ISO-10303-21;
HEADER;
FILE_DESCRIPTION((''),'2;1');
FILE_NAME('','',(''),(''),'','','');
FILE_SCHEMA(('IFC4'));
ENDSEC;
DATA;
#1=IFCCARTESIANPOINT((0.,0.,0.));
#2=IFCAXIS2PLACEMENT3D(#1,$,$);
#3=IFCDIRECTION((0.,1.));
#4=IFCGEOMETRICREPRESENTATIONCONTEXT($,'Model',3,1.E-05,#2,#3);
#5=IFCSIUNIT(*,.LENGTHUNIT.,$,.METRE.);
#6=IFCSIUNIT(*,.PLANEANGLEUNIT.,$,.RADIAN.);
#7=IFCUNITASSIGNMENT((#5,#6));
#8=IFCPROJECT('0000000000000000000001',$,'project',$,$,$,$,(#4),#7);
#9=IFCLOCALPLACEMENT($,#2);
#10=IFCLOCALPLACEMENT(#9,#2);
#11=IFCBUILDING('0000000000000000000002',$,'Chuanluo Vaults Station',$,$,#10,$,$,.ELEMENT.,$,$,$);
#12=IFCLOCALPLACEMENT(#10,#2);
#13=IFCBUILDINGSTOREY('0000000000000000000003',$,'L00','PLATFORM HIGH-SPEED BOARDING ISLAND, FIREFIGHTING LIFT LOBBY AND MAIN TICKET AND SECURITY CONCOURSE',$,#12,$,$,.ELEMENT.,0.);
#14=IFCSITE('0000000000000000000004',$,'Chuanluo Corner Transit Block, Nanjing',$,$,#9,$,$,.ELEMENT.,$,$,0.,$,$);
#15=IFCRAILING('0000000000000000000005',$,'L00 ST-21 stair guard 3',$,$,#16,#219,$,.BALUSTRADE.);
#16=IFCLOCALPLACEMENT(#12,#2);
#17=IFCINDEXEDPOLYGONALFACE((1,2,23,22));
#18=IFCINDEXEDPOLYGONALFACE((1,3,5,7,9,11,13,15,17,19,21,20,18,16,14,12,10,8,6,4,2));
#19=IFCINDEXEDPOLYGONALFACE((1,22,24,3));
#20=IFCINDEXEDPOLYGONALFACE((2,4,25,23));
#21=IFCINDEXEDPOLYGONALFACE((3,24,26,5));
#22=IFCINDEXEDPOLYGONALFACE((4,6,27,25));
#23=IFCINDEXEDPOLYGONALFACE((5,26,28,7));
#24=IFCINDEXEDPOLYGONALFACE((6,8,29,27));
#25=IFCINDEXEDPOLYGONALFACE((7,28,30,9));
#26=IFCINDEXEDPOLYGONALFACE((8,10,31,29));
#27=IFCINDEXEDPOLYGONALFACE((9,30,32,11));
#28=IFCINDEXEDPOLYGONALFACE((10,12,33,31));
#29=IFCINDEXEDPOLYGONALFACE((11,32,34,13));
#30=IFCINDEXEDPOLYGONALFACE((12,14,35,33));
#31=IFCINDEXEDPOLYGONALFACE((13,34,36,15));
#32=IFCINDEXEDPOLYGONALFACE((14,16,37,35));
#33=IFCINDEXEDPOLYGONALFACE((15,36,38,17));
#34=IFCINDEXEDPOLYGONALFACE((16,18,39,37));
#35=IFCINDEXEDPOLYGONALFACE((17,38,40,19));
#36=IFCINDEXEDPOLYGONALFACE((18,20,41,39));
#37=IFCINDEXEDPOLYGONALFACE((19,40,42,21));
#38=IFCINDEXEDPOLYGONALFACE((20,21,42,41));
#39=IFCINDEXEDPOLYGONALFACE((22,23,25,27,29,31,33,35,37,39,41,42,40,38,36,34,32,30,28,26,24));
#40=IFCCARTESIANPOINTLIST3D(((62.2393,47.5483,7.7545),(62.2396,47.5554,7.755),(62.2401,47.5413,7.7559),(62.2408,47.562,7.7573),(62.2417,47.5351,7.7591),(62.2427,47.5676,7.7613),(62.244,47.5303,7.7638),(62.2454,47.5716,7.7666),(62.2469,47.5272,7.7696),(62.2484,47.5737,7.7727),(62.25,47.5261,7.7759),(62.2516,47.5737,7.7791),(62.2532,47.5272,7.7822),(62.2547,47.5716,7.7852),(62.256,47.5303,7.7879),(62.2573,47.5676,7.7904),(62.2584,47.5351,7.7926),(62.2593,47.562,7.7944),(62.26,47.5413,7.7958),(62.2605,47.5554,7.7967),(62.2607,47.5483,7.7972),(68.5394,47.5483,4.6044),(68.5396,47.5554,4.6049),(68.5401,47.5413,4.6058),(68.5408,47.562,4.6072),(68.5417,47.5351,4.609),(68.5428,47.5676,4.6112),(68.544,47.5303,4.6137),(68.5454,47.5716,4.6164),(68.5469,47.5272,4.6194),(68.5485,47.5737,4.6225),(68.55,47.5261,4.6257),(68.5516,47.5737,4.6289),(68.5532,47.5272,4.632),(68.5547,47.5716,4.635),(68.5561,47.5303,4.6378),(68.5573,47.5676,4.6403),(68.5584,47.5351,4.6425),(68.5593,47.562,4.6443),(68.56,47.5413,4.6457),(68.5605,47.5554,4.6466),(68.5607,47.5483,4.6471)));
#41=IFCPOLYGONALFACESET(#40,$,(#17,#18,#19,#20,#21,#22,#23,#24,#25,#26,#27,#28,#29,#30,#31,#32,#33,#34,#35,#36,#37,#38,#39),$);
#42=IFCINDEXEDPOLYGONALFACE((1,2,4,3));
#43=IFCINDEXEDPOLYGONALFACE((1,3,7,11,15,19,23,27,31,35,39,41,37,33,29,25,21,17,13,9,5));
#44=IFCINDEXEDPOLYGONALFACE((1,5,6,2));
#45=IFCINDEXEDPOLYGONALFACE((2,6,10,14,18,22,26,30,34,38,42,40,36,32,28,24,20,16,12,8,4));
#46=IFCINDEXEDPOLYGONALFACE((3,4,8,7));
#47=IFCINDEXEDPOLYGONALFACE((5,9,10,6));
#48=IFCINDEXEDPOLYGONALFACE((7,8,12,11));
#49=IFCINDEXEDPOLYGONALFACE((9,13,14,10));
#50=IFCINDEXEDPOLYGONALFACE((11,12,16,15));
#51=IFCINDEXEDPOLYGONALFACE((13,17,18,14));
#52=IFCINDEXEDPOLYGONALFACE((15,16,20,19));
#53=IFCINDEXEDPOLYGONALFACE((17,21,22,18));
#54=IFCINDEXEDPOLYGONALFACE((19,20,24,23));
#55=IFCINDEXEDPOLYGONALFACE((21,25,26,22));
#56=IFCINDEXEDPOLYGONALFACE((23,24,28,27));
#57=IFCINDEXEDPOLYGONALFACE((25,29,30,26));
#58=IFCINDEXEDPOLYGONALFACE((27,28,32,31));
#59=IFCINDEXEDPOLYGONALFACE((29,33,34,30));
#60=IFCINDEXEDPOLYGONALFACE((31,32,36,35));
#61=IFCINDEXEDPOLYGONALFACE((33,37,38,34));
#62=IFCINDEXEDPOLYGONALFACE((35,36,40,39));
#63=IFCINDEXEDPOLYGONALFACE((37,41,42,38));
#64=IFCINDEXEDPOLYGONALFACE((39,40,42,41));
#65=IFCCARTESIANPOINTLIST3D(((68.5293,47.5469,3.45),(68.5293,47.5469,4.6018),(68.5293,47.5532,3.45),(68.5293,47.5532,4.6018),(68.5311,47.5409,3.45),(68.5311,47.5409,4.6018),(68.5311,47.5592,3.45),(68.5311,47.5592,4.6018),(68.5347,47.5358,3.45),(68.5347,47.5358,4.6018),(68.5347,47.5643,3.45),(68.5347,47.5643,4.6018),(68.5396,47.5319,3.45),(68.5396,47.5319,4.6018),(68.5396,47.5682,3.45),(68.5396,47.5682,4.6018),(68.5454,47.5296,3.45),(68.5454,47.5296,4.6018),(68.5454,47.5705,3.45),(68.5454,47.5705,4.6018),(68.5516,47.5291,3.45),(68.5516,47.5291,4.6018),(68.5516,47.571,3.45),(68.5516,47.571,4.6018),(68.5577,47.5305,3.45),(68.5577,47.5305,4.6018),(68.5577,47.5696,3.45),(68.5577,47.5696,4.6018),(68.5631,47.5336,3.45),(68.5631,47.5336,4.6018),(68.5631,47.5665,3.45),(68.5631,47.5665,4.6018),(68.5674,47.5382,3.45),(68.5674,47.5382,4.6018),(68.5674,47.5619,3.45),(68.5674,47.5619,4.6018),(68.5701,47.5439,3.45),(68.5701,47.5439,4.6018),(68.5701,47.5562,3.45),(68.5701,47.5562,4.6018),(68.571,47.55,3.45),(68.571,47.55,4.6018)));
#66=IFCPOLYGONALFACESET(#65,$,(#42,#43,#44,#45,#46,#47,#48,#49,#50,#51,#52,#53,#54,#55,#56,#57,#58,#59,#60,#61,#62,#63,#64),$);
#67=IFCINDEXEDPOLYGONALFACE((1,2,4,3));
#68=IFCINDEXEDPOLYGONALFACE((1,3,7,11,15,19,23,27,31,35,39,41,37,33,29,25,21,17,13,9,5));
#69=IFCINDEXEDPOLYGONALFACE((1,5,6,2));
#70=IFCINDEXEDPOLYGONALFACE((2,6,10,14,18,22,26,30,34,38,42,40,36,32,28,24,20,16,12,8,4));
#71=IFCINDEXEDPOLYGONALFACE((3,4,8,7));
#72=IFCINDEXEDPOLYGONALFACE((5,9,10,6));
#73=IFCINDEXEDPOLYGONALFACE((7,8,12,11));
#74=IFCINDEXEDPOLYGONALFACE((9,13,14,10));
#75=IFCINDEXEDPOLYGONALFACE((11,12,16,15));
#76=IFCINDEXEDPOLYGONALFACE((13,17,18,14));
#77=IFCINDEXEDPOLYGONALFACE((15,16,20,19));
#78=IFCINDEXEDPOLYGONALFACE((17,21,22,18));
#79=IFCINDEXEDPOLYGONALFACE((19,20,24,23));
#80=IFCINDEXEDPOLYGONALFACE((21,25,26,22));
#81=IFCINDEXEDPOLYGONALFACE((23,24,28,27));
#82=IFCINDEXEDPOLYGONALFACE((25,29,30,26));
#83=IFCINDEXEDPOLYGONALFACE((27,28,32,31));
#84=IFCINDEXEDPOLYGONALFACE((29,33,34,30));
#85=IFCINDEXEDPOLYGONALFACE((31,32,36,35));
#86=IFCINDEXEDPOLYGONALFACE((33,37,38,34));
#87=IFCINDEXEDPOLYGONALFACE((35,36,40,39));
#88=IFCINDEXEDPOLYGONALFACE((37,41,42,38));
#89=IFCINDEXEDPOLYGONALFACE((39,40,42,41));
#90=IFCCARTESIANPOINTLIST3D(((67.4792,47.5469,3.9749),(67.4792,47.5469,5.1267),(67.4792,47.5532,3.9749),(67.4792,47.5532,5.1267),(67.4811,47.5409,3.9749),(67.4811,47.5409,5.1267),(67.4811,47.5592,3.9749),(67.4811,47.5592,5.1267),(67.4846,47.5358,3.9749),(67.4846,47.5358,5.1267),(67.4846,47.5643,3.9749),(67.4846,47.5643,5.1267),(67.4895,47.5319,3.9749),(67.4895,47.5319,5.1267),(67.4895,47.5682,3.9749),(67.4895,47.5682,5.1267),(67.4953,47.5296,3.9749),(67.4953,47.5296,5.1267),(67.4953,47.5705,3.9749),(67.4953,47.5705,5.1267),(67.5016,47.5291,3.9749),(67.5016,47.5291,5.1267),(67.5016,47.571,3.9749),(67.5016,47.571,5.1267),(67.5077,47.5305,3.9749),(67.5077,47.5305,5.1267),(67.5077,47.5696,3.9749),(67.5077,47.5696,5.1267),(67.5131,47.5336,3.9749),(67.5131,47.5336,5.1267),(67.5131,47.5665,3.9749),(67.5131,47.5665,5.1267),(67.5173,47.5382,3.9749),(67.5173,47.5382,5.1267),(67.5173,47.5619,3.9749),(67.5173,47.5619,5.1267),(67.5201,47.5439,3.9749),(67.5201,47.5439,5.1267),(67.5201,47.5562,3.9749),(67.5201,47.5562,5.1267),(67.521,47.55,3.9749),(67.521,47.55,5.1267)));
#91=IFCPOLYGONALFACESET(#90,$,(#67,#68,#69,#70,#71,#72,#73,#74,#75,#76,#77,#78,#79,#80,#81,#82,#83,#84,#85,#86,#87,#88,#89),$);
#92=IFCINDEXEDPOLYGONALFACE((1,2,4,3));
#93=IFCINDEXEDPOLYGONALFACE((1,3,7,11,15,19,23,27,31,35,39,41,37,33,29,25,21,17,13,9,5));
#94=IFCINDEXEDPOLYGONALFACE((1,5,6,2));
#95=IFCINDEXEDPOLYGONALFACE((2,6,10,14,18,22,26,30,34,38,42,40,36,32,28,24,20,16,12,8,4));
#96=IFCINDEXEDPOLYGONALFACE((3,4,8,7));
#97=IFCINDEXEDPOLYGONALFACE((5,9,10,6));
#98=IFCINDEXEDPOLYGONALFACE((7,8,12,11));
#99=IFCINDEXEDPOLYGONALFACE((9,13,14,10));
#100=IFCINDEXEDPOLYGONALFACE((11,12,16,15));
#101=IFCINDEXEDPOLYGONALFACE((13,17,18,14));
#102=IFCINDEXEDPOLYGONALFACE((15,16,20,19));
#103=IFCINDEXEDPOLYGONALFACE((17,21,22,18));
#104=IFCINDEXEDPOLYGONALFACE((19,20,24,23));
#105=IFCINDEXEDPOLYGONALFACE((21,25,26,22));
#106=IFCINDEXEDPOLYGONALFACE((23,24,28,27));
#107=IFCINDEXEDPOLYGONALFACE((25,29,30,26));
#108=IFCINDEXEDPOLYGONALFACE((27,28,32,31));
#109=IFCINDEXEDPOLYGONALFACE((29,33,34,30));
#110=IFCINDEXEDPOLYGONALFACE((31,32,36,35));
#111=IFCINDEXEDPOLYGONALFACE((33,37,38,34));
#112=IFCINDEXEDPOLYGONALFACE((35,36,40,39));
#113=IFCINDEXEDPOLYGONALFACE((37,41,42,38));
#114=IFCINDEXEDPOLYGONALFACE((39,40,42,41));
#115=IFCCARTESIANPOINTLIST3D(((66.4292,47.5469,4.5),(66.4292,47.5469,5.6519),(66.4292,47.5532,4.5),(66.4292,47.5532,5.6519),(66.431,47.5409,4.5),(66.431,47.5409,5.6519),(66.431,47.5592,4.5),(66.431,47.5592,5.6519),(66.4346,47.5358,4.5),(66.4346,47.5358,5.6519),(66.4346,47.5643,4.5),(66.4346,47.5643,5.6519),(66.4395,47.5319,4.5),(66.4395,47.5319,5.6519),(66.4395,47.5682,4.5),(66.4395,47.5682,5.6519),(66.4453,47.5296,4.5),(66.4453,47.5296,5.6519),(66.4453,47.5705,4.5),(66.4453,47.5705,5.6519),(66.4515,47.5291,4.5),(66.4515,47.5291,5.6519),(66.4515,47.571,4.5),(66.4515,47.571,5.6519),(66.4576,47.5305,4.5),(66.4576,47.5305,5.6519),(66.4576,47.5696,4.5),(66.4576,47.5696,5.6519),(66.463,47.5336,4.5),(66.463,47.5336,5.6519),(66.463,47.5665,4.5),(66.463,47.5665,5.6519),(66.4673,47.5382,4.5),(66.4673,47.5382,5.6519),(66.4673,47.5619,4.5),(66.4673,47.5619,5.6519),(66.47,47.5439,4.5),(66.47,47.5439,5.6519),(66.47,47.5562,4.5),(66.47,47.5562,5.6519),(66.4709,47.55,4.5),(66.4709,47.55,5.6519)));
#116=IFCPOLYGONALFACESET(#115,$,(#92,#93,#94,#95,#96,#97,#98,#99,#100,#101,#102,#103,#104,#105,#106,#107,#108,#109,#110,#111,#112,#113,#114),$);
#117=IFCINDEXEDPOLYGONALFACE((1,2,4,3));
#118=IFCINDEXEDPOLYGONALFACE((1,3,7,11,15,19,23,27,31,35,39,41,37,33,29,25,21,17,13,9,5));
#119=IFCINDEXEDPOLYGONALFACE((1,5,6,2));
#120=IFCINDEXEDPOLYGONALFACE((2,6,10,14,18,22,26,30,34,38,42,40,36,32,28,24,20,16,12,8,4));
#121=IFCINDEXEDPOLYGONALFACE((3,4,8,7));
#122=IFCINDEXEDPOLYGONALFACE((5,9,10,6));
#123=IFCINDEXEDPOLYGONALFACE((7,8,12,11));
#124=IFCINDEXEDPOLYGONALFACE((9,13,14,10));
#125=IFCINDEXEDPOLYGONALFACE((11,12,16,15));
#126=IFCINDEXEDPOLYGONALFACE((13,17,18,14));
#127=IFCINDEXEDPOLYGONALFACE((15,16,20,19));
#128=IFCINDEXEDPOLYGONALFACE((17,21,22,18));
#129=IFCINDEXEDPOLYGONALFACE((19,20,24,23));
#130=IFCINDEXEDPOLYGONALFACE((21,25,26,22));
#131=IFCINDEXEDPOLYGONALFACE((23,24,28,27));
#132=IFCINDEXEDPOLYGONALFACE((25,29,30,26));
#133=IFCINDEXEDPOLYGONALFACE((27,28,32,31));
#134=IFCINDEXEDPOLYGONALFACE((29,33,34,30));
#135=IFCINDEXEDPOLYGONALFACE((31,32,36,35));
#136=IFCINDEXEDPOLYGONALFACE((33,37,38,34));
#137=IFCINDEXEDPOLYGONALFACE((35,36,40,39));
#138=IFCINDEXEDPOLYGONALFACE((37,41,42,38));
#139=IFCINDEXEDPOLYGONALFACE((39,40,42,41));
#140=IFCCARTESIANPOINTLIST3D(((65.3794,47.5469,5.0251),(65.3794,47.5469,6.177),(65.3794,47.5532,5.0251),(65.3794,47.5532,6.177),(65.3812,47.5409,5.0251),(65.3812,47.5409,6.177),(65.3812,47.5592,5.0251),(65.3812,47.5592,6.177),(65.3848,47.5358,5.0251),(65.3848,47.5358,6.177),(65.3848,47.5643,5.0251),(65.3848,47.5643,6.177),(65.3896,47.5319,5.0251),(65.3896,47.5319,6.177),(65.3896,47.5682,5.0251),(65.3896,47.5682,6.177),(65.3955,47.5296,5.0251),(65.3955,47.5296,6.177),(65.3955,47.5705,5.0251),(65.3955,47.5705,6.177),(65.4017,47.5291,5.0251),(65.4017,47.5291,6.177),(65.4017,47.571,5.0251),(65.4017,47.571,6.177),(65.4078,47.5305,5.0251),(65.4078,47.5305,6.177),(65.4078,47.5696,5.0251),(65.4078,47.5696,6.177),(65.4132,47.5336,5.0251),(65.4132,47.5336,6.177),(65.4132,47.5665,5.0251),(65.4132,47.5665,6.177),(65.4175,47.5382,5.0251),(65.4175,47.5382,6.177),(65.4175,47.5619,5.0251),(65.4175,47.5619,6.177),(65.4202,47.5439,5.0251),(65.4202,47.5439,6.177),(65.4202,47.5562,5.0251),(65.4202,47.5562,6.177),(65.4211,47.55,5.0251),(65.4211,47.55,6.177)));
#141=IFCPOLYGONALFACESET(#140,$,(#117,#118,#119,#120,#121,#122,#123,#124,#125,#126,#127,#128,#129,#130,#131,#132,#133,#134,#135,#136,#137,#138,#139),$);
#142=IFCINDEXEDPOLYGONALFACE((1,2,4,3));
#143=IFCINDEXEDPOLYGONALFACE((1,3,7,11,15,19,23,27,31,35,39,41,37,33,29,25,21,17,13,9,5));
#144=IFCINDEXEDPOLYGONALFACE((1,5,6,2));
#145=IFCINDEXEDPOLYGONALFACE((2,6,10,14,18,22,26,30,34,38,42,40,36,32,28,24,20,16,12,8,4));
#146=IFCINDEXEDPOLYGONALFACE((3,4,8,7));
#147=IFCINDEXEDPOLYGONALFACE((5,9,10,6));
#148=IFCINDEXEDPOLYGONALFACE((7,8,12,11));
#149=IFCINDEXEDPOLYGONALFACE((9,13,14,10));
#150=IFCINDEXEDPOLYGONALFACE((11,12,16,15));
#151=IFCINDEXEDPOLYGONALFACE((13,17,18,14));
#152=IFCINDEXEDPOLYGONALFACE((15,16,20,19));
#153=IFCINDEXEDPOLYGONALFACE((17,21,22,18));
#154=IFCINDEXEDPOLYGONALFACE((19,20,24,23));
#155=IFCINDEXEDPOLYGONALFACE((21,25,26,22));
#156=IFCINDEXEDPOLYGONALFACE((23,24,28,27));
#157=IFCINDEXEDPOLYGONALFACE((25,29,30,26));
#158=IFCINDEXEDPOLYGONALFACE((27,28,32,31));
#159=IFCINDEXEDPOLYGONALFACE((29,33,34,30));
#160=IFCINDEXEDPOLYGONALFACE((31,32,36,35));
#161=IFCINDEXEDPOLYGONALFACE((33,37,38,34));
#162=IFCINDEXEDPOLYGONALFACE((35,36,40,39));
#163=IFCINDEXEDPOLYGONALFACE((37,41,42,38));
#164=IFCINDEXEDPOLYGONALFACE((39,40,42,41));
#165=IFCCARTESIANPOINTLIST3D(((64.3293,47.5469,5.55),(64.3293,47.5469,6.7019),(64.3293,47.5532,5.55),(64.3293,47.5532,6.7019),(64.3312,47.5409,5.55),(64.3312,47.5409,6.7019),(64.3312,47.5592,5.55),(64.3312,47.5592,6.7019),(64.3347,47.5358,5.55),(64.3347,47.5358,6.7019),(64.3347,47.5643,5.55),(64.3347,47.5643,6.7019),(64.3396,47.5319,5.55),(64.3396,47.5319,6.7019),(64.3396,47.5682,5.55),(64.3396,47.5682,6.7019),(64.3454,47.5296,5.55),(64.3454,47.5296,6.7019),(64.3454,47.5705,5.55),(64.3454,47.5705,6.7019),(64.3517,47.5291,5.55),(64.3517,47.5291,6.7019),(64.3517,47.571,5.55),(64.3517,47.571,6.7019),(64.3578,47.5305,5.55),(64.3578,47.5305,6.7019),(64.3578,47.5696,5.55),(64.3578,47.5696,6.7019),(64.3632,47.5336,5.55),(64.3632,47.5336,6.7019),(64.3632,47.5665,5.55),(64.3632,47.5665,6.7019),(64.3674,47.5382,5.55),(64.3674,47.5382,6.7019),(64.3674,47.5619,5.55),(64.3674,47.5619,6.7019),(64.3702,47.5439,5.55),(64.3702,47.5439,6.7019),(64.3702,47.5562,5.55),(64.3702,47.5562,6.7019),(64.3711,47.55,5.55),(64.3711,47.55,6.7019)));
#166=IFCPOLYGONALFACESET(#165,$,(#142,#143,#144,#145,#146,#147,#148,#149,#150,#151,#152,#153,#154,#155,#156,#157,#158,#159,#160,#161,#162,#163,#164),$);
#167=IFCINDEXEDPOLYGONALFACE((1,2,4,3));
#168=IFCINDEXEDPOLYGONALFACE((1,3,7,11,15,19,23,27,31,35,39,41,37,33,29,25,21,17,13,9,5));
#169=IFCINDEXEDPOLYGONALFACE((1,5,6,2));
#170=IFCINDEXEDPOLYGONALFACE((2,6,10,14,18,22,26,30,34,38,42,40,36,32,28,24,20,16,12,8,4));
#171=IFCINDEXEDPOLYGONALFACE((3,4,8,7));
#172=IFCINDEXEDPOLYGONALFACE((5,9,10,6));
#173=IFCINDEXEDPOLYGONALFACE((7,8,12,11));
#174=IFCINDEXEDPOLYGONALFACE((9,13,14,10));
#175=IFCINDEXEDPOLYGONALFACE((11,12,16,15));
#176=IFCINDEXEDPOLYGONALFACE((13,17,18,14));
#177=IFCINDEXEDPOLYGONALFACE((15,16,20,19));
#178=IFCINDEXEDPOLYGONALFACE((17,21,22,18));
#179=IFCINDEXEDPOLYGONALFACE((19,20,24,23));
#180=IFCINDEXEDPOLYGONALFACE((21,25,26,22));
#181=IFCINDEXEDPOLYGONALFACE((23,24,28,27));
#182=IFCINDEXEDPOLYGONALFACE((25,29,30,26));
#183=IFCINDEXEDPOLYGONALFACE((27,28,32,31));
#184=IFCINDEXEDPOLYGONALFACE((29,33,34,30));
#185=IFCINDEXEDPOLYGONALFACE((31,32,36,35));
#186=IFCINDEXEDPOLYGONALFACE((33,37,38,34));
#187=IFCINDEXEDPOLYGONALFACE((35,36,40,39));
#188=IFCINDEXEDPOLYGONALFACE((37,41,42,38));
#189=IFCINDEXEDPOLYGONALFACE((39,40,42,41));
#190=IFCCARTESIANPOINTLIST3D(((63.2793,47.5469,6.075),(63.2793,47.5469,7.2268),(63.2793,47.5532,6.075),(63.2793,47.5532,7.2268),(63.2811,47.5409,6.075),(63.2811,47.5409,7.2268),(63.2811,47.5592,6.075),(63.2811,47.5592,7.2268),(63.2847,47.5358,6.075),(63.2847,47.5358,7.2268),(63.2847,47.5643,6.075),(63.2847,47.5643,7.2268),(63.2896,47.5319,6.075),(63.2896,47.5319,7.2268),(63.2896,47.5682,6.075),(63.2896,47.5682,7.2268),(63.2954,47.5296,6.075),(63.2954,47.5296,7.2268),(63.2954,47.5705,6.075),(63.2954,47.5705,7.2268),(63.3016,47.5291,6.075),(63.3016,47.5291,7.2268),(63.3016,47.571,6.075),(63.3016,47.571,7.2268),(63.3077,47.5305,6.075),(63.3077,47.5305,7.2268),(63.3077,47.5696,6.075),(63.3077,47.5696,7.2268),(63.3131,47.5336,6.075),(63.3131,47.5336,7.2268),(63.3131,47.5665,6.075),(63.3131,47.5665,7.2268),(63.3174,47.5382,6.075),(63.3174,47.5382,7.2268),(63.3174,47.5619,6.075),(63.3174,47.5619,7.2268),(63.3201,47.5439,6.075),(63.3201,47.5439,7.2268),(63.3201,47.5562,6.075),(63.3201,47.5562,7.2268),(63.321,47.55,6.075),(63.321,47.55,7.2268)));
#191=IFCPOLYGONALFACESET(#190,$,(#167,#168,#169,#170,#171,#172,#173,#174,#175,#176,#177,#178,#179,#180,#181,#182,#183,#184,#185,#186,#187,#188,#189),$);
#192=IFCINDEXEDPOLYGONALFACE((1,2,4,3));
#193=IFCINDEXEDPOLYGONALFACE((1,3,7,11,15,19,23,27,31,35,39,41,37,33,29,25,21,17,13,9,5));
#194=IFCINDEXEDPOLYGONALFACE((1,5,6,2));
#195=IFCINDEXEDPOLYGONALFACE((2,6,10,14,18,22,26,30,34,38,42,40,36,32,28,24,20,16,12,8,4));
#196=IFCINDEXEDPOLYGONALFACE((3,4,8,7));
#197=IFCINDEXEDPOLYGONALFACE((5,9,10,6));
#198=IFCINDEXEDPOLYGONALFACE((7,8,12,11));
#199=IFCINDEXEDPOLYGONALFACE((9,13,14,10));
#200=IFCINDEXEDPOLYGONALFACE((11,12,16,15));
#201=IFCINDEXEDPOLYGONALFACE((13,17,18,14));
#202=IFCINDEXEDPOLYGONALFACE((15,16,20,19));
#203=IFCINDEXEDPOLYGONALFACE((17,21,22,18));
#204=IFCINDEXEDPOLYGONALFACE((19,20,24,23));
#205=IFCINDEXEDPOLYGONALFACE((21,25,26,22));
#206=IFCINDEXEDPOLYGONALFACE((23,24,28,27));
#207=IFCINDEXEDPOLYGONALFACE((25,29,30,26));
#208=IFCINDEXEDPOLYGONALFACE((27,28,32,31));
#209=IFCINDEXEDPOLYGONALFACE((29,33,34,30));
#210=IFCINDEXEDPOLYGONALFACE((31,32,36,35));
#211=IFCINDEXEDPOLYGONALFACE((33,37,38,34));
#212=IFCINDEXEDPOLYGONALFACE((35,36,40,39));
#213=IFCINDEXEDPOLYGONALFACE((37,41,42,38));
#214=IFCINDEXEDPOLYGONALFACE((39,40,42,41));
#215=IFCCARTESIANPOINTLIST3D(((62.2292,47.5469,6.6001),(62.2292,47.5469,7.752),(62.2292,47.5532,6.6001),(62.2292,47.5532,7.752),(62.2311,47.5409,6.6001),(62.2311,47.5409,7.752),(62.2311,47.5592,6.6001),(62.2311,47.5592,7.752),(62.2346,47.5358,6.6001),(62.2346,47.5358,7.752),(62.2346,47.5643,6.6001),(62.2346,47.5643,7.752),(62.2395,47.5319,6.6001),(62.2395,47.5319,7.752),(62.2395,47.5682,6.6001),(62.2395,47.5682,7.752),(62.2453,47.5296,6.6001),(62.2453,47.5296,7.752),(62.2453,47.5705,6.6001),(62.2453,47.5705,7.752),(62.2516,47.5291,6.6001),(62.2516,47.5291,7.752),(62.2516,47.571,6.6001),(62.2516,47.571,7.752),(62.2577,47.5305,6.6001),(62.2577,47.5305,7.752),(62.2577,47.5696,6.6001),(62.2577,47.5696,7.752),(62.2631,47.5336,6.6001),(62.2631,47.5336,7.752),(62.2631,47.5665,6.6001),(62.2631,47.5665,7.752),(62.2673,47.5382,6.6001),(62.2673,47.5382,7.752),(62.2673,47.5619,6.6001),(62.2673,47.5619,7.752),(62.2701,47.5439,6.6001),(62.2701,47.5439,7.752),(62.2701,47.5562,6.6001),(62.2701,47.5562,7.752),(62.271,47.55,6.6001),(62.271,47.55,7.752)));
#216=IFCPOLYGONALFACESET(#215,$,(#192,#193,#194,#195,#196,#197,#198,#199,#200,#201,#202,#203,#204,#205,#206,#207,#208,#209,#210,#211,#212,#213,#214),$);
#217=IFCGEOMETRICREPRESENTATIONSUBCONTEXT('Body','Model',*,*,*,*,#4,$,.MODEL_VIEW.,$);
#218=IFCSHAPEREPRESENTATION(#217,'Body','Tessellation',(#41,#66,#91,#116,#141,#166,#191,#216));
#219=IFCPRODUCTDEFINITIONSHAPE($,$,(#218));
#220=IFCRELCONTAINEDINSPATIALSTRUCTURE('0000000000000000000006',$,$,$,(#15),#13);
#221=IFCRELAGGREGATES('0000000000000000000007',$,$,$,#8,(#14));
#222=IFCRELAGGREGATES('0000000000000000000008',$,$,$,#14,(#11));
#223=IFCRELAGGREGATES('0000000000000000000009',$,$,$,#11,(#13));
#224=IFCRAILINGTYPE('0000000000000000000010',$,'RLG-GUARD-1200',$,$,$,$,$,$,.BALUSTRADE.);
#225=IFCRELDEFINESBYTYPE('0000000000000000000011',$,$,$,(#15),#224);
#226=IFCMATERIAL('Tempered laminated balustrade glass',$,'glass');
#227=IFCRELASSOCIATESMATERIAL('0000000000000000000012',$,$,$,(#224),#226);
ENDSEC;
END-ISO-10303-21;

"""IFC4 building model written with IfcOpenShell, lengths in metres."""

from ifc_helpers import new_model, si_unit, direction, frame, origin, origin_2d, place, context, subcontext, project, spatial, circle, extrude, material, type_object, element, save


model = new_model("IFC4")

# Units and contexts
model_context = context("Model", 3, precision=1e-05, world=origin(), true_north=direction((0.0, 1.0)))
body_context = subcontext(model_context, "Body", "Model", "MODEL_VIEW")
ifc_project = project(units=[si_unit("LENGTHUNIT", "METRE"), si_unit("PLANEANGLEUNIT", "RADIAN")], contexts=[model_context])

# Site, building, storey
site_placement = place(None, origin())
site = spatial("IfcSite", under=ifc_project, at=site_placement, Name="Chuanluo Corner Transit Block, Nanjing", CompositionType="ELEMENT", RefElevation=0.0)
building_placement = place(site_placement, origin())
building = spatial("IfcBuilding", under=site, at=building_placement, Name="Chuanluo Vaults Station", CompositionType="ELEMENT")
storey_placement = place(building_placement, origin())
storey = spatial("IfcBuildingStorey", under=building, at=storey_placement, Name="L00", Description="PLATFORM HIGH-SPEED BOARDING ISLAND, FIREFIGHTING LIFT LOBBY AND MAIN TICKET AND SECURITY CONCOURSE", CompositionType="ELEMENT", Elevation=0.0)

# Railing
ifc_material_1 = material(Name="Tempered laminated balustrade glass", Category="glass")
railing_type_1 = type_object("IfcRailingType", Name="RLG-GUARD-1200", PredefinedType="BALUSTRADE", material=ifc_material_1)
railing_1_placement = place(storey_placement, frame((68.55, 47.55, 3.45)))
element("IfcRailing", 1, at=railing_1_placement, inside=storey, type_object=railing_type_1, Name="L00 ST-21 stair guard 3", PredefinedType="BALUSTRADE", context=body_context, shape_type="SweptSolid", body=[
    extrude(circle(Radius=0.0239, at=origin_2d()), frame((0.0, 0.0, 1.1758), z_axis=(-0.89442, 0.0, 0.447227), x_axis=(0.0, -1.0, 0.0)), (0.0, 0.0, 1.0), 7.0437),
    extrude(circle(Radius=0.021, at=origin_2d()), origin(), (0.0, 0.0, 1.0), 1.1519),
    extrude(circle(Radius=0.021, at=origin_2d()), frame((-1.05, 0.0, 0.5249)), (0.0, 0.0, 1.0), 1.1519),
    extrude(circle(Radius=0.021, at=origin_2d()), frame((-2.1001, 0.0, 1.05)), (0.0, 0.0, 1.0), 1.1519),
    extrude(circle(Radius=0.021, at=origin_2d()), frame((-3.1499, 0.0, 1.5752)), (0.0, 0.0, 1.0), 1.1519),
    extrude(circle(Radius=0.021, at=origin_2d()), frame((-4.2, 0.0, 2.1001)), (0.0, 0.0, 1.0), 1.1519),
    extrude(circle(Radius=0.021, at=origin_2d()), frame((-5.25, 0.0, 2.625)), (0.0, 0.0, 1.0), 1.1519),
    extrude(circle(Radius=0.021, at=origin_2d()), frame((-6.3, 0.0, 3.1501)), (0.0, 0.0, 1.0), 1.1519),
])

save(model, "model.ifc")
